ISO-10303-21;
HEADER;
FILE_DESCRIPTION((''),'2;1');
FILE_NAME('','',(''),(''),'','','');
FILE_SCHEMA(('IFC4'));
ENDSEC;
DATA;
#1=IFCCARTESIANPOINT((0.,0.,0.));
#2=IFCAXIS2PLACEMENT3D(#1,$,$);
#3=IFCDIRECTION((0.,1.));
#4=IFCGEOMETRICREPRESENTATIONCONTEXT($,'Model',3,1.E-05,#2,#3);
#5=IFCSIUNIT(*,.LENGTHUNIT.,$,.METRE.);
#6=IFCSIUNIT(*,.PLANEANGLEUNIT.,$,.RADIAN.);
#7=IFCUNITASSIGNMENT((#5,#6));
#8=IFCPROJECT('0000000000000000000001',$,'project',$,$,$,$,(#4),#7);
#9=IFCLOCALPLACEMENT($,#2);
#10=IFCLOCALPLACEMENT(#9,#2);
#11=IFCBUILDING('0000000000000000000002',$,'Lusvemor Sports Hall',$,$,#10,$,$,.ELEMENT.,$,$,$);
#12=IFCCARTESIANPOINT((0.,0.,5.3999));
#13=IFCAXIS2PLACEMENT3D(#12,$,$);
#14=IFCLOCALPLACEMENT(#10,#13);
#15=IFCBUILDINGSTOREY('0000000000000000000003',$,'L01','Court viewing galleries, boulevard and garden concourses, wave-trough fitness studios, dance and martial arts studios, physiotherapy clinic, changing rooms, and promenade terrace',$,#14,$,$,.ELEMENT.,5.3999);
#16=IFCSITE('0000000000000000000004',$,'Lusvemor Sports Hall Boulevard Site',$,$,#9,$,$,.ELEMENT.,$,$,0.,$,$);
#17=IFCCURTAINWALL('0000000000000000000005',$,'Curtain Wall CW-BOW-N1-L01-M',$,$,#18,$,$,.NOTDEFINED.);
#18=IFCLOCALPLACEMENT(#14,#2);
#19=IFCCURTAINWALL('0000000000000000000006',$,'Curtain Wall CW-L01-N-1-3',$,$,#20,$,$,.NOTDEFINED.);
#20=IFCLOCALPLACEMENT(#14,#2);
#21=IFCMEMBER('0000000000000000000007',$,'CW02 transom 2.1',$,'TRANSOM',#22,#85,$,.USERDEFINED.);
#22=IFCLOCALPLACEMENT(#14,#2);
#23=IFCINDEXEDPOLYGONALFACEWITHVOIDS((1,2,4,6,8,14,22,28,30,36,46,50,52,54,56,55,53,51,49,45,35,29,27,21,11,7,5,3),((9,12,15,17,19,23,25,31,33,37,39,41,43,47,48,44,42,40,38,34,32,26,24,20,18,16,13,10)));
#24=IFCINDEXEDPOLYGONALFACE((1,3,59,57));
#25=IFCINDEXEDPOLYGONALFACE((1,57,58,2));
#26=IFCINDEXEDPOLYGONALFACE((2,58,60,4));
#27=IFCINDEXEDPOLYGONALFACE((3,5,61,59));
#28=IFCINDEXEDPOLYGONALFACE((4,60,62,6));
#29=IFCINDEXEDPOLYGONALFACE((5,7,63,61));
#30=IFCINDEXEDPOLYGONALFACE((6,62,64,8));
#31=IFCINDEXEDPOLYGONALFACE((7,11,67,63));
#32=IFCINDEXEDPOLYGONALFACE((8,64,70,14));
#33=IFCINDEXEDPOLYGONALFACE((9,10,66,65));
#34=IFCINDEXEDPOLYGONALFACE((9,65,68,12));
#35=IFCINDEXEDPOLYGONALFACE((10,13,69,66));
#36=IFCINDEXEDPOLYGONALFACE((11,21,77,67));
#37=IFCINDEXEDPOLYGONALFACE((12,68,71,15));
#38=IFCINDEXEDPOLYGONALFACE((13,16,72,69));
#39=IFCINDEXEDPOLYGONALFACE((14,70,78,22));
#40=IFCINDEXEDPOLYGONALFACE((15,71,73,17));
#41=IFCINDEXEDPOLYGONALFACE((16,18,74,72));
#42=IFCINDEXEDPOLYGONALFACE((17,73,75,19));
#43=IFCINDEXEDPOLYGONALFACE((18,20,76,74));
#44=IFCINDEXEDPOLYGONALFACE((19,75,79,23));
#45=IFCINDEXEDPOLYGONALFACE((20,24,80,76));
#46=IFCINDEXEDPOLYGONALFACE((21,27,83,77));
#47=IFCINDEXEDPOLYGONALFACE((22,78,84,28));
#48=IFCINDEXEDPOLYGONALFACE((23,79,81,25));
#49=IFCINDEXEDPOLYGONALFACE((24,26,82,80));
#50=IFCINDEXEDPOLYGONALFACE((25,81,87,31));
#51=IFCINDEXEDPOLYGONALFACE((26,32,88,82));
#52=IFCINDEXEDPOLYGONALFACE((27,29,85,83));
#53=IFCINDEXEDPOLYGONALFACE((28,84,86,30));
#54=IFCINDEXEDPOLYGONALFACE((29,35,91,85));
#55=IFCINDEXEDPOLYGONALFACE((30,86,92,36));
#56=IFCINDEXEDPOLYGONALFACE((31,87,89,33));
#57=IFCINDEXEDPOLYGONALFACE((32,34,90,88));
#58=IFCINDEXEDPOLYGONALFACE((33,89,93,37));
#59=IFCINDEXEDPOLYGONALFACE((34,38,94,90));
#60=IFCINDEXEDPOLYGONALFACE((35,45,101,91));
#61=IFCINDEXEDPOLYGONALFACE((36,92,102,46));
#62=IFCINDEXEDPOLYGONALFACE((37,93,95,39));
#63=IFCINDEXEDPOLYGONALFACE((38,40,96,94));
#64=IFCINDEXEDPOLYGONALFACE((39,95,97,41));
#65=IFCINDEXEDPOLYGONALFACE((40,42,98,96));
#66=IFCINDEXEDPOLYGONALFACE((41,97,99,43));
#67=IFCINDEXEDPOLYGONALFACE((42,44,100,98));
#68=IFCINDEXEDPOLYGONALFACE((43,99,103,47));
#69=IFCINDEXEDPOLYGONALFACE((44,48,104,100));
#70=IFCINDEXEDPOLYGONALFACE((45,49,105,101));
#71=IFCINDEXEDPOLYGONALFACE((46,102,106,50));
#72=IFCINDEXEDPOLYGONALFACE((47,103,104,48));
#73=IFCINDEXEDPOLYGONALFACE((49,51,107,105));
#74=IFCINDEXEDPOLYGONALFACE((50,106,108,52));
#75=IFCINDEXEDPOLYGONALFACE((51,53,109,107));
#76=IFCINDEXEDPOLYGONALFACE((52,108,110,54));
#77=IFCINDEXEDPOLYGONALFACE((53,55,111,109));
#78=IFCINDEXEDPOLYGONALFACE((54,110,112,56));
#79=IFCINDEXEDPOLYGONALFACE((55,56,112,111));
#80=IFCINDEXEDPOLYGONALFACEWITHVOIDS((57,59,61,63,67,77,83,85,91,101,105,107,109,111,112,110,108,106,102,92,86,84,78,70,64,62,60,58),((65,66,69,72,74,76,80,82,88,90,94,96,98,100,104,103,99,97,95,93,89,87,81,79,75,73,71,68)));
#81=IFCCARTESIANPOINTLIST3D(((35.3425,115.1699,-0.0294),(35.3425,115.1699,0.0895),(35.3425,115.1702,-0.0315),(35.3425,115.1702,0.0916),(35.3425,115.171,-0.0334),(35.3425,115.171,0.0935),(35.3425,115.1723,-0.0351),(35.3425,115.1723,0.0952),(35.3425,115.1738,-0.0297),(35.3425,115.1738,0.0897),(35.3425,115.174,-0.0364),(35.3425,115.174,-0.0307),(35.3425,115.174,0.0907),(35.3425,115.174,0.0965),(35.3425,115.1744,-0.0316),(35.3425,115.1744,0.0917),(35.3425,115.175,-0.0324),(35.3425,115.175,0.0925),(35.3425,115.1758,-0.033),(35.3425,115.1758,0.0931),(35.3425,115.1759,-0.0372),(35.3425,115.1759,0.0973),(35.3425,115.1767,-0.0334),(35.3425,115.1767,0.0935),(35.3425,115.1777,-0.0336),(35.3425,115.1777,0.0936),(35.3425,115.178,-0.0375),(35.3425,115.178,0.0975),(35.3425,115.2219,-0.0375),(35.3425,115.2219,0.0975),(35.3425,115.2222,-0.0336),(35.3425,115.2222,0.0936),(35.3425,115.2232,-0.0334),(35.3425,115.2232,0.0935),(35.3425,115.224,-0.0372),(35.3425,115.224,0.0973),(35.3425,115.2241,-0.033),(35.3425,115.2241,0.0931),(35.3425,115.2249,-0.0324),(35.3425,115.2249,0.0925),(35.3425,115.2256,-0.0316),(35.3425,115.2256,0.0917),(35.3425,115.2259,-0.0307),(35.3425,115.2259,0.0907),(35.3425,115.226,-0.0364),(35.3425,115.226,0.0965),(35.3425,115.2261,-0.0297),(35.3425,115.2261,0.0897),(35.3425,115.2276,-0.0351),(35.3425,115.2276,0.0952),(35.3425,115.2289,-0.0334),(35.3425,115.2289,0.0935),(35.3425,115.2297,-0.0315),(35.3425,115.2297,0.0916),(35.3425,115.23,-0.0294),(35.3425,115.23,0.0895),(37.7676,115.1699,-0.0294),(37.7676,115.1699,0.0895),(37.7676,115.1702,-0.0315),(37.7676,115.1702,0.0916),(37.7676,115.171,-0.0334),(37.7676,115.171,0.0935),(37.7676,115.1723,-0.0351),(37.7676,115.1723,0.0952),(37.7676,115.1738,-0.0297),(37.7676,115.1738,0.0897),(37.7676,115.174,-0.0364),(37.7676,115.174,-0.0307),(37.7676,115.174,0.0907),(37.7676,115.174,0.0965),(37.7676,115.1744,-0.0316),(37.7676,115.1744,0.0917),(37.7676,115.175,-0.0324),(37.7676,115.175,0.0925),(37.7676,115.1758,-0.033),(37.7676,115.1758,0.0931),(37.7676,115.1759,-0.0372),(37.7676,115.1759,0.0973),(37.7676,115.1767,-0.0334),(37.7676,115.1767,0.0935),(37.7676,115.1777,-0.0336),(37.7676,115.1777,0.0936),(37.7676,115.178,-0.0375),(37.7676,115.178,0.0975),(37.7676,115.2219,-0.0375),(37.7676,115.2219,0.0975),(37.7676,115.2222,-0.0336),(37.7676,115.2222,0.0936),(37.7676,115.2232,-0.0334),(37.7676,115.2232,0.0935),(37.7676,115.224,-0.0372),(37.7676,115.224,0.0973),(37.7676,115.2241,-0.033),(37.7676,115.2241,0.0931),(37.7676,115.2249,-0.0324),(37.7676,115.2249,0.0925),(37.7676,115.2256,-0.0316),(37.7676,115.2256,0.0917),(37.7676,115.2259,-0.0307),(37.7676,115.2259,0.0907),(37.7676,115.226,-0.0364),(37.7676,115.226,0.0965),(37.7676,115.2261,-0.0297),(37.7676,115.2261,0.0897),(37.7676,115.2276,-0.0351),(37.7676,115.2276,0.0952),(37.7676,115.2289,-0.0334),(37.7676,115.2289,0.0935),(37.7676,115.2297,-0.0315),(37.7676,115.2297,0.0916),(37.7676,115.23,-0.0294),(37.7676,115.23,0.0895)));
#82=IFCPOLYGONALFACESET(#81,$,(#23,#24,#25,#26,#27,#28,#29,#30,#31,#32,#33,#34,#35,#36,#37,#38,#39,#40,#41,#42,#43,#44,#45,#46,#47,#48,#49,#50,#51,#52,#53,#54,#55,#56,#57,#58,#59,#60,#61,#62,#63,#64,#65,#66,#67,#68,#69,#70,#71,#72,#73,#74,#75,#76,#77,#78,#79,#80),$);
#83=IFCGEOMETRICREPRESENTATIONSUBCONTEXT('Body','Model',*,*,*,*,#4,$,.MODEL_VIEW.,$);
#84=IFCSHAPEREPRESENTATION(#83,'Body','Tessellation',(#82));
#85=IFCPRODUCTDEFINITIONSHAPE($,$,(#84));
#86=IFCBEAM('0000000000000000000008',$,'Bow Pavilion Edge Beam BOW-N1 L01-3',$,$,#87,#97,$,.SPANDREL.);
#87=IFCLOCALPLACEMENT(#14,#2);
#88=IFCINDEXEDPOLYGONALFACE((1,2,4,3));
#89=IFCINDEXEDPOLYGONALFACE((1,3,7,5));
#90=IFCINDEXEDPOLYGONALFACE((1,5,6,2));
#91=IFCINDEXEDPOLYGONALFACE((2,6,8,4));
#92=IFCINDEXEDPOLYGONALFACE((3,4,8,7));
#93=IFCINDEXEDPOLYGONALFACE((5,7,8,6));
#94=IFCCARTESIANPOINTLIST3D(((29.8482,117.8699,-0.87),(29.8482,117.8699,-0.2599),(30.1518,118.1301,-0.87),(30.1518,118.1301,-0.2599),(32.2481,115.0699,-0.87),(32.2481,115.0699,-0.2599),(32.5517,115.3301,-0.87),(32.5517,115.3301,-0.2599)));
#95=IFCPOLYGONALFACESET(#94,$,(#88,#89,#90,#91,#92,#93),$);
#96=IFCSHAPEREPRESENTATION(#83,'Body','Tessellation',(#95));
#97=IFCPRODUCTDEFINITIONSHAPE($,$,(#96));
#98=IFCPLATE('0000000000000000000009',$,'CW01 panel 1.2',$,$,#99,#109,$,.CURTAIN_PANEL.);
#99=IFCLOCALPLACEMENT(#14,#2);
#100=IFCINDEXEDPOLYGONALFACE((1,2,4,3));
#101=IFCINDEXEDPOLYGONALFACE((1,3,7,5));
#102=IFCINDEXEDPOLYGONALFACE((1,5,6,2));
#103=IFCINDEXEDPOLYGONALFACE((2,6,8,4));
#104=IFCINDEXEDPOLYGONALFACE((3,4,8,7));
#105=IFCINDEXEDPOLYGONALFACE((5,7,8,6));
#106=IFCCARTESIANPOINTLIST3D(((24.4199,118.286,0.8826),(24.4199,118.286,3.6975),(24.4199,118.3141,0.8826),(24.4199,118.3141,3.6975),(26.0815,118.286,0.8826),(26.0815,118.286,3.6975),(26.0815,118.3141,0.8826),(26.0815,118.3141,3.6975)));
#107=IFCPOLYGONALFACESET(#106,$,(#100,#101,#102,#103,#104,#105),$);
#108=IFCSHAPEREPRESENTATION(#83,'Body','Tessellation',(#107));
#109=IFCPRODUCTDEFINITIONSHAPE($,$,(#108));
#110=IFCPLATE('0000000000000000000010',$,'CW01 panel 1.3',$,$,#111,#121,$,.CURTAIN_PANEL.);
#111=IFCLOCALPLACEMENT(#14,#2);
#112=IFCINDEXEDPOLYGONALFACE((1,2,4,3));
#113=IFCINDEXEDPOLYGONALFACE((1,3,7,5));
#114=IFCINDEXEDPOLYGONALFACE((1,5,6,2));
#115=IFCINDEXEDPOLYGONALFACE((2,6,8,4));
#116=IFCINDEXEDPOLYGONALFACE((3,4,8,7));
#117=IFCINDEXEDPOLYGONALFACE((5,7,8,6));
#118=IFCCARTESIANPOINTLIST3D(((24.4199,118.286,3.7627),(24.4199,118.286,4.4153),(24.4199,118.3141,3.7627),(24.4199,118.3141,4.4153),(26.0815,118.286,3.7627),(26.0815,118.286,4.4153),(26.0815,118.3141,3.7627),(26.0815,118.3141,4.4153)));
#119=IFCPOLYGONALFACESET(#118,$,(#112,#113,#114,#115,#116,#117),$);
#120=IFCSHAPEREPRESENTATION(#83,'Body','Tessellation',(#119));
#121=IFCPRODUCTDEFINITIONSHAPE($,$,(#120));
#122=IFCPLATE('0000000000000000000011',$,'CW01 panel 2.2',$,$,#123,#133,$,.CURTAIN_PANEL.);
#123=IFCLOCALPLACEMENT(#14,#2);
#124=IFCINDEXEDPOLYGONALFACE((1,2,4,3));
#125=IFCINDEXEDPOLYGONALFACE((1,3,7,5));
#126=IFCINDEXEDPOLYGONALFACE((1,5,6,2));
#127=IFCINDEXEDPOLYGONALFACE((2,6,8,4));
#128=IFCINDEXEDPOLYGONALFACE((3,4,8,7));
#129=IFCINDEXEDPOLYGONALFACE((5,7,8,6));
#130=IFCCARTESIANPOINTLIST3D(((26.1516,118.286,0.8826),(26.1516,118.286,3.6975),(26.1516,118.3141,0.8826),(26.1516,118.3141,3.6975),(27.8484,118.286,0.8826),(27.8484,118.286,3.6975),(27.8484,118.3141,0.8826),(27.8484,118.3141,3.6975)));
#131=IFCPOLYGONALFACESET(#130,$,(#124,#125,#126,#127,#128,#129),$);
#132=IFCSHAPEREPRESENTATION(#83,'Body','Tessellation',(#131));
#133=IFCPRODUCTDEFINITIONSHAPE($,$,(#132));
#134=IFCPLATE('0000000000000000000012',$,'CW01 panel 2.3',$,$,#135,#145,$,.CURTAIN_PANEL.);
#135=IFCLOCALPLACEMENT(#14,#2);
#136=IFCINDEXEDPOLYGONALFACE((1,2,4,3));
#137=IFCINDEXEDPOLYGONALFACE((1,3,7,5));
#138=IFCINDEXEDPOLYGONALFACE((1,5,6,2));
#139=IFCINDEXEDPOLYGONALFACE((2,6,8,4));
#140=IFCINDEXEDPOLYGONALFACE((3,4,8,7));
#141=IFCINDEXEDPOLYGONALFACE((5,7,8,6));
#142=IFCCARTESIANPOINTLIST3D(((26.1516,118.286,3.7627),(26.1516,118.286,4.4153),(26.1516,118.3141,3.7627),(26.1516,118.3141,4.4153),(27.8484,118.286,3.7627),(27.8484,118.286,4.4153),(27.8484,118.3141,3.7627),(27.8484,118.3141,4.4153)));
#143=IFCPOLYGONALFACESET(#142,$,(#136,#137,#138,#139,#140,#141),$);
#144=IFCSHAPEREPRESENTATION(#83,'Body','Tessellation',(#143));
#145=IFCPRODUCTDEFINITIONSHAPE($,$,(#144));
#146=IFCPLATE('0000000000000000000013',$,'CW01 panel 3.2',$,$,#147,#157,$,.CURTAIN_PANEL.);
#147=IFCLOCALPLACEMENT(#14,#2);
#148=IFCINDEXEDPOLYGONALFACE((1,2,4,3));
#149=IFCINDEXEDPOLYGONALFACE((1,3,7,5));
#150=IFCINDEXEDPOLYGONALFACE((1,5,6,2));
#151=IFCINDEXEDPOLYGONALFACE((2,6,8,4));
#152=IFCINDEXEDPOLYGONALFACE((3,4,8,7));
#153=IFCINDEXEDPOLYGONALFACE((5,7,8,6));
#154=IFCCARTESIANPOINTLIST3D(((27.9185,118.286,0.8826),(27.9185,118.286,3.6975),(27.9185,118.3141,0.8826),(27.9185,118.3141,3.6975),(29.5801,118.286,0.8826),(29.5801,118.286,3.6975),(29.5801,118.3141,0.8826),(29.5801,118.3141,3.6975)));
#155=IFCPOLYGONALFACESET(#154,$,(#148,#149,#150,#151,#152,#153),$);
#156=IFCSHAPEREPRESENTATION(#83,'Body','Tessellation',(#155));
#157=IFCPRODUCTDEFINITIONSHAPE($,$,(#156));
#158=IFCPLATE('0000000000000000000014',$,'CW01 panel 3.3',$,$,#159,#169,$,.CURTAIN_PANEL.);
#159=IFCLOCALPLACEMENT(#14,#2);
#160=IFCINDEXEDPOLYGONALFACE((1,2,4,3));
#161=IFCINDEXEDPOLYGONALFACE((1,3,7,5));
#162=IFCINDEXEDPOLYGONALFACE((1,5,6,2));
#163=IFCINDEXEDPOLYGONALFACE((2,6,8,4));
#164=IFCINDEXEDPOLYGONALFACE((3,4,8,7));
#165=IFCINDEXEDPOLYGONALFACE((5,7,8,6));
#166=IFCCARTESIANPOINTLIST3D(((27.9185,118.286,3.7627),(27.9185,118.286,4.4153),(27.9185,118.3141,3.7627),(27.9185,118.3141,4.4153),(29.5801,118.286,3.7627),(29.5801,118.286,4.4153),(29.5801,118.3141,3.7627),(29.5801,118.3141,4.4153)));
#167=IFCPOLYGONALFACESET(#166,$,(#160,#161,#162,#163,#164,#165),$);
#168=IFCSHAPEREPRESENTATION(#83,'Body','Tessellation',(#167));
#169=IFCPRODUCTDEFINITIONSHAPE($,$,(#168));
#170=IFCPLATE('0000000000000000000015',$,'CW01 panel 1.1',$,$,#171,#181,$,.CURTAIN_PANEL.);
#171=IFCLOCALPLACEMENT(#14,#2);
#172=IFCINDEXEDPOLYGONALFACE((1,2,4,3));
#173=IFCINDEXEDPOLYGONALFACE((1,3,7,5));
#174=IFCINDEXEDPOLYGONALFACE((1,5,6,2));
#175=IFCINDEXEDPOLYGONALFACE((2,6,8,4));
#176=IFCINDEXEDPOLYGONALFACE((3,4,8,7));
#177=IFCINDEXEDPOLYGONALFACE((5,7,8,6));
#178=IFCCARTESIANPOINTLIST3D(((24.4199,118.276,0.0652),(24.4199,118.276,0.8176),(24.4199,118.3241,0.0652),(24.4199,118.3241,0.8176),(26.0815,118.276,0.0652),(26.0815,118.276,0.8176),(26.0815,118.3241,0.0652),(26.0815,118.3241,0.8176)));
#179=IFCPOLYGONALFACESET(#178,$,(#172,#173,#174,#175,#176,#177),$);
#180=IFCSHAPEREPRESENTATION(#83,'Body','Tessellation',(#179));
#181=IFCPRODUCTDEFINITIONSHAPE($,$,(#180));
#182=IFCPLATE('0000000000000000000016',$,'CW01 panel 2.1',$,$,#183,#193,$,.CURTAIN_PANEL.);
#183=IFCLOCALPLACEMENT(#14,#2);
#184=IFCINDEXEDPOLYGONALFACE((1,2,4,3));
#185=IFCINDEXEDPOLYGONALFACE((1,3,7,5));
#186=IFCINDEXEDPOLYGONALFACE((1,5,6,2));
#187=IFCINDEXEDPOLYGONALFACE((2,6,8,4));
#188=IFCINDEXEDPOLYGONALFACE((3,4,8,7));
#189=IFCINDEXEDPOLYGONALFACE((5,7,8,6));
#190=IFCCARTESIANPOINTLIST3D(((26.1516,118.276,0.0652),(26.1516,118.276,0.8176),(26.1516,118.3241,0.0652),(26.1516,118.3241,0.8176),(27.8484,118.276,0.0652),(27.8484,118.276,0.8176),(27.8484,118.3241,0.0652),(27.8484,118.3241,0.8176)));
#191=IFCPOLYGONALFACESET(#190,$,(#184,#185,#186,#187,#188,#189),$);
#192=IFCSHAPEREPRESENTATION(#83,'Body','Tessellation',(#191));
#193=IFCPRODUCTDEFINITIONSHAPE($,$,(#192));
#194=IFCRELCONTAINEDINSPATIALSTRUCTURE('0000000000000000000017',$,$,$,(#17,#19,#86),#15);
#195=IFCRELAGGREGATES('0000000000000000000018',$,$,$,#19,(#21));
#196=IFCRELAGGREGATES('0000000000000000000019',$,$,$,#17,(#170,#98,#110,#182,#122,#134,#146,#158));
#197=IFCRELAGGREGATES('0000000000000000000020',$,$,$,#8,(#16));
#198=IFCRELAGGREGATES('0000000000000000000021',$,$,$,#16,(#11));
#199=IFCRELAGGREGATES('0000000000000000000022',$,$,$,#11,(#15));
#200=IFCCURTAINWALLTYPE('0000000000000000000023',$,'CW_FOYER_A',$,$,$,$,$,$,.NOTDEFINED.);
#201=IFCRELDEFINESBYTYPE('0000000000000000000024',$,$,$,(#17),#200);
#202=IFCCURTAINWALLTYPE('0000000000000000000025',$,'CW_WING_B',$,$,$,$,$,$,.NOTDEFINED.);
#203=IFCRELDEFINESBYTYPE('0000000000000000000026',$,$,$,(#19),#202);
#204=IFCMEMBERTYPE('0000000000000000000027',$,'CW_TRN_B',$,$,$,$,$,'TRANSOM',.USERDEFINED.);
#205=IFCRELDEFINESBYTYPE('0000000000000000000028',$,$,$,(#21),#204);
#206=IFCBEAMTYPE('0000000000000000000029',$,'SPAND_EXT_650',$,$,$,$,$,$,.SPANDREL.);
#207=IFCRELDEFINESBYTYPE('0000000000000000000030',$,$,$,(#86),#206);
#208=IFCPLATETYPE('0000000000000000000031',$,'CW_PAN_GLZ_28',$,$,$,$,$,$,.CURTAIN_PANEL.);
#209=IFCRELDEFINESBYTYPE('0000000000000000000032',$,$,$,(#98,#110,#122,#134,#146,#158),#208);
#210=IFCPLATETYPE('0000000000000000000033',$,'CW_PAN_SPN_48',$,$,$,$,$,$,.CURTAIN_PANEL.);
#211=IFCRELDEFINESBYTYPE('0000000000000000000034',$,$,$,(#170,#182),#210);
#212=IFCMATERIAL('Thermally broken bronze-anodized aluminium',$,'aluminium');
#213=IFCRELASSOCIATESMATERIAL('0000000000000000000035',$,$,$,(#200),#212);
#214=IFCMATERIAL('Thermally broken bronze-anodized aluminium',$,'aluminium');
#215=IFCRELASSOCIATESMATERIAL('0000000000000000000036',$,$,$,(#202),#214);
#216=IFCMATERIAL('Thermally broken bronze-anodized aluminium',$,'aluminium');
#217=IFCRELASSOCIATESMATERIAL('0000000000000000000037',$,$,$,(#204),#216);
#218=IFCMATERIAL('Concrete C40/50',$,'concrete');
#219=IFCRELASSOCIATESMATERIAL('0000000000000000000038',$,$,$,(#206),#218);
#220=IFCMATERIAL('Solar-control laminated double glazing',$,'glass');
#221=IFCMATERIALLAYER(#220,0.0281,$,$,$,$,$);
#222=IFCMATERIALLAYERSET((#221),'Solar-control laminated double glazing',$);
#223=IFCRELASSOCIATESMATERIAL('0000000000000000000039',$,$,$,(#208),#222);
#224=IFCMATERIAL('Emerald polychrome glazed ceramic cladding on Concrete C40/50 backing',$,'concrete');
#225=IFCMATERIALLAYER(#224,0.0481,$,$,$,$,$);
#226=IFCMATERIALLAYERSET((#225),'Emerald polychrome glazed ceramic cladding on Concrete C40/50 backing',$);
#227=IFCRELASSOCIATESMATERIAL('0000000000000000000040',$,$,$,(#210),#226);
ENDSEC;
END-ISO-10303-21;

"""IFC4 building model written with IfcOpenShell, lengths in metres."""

from ifc_helpers import new_model, si_unit, direction, frame, origin, origin_2d, place, context, subcontext, project, spatial, rectangle, hollow_rectangle, extrude, material, layer, layer_set, material_profile, profile_set, type_object, element, aggregate, save


model = new_model("IFC4")

# Units and contexts
model_context = context("Model", 3, precision=1e-05, world=origin(), true_north=direction((0.0, 1.0)))
body_context = subcontext(model_context, "Body", "Model", "MODEL_VIEW")
ifc_project = project(units=[si_unit("LENGTHUNIT", "METRE"), si_unit("PLANEANGLEUNIT", "RADIAN")], contexts=[model_context])

# Site, building, storey
site_placement = place(None, origin())
site = spatial("IfcSite", under=ifc_project, at=site_placement, Name="Lusvemor Sports Hall Boulevard Site", CompositionType="ELEMENT", RefElevation=0.0)
building_placement = place(site_placement, origin())
building = spatial("IfcBuilding", under=site, at=building_placement, Name="Lusvemor Sports Hall", CompositionType="ELEMENT")
storey_placement = place(building_placement, frame((0.0, 0.0, 5.3999)))
storey = spatial("IfcBuildingStorey", under=building, at=storey_placement, Name="L01", Description="Court viewing galleries, boulevard and garden concourses, wave-trough fitness studios, dance and martial arts studios, physiotherapy clinic, changing rooms, and promenade terrace", CompositionType="ELEMENT", Elevation=5.3999)

# Curtain wall
ifc_material_1 = material(Name="Thermally broken bronze-anodized aluminium", Category="aluminium")
curtain_wall_type_1 = type_object("IfcCurtainWallType", Name="CW_FOYER_A", PredefinedType="NOTDEFINED", material=ifc_material_1)
curtain_wall_1_placement = place(storey_placement, origin())
curtain_wall_1 = element("IfcCurtainWall", 1, at=curtain_wall_1_placement, inside=storey, type_object=curtain_wall_type_1, Name="Curtain Wall CW-BOW-N1-L01-M", PredefinedType="NOTDEFINED")

# Curtain wall
ifc_material_2 = material(Name="Thermally broken bronze-anodized aluminium", Category="aluminium")
curtain_wall_type_2 = type_object("IfcCurtainWallType", Name="CW_WING_B", PredefinedType="NOTDEFINED", material=ifc_material_2)
curtain_wall_2_placement = place(storey_placement, origin())
curtain_wall_2 = element("IfcCurtainWall", 2, at=curtain_wall_2_placement, inside=storey, type_object=curtain_wall_type_2, Name="Curtain Wall CW-L01-N-1-3", PredefinedType="NOTDEFINED")

# Member
ifc_material_3 = material(Name="Thermally broken bronze-anodized aluminium", Category="aluminium")
ifc_material_profile_1 = material_profile(ifc_material_3, hollow_rectangle(XDim=0.0601, YDim=0.135, WallThickness=0.0039, InnerFilletRadius=0.0039, OuterFilletRadius=0.0081, at=origin_2d()), Name="CWTRN135x60x4")
ifc_profile_set_1 = profile_set([ifc_material_profile_1], Name="Thermally broken bronze-anodized aluminium")
member_type_1 = type_object("IfcMemberType", Name="CW_TRN_B", ElementType="TRANSOM", PredefinedType="USERDEFINED", material=ifc_profile_set_1)
member_1_placement = place(storey_placement, frame((35.3425, 115.2, 0.03), z_axis=(1.0, 0.0, 0.0), x_axis=(0.0, 1.0, 0.0)))
member_1 = element("IfcMember", 3, at=member_1_placement, type_object=member_type_1, Name="CW02 transom 2.1", ObjectType="TRANSOM", PredefinedType="USERDEFINED", context=body_context, shape_type="SweptSolid", body=[
    extrude(hollow_rectangle(XDim=0.0601, YDim=0.135, WallThickness=0.0039, InnerFilletRadius=0.0039, OuterFilletRadius=0.0081, at=origin_2d()), origin(), (0.0, 0.0, 1.0), 2.425),
])
aggregate(curtain_wall_2, [member_1])

# Beam
ifc_material_4 = material(Name="Concrete C40/50", Category="concrete")
ifc_material_profile_2 = material_profile(ifc_material_4, rectangle(XDim=0.3999, YDim=0.6101, at=origin_2d()), Name="RC400x610")
ifc_profile_set_2 = profile_set([ifc_material_profile_2], Name="Concrete C40/50")
beam_type = type_object("IfcBeamType", Name="SPAND_EXT_650", PredefinedType="SPANDREL", material=ifc_profile_set_2)
beam_placement = place(storey_placement, frame((30.0, 118.0, -0.5649), z_axis=(0.65077, -0.759275, 0.0), x_axis=(0.759275, 0.65077, 0.0)))
element("IfcBeam", 4, at=beam_placement, inside=storey, type_object=beam_type, Name="Bow Pavilion Edge Beam BOW-N1 L01-3", PredefinedType="SPANDREL", context=body_context, shape_type="SweptSolid", body=[
    extrude(rectangle(XDim=0.3999, YDim=0.6101, at=origin_2d()), origin(), (0.0, 0.0, 1.0), 3.6877),
])

# Plates
ifc_material_5 = material(Name="Solar-control laminated double glazing", Category="glass")
ifc_layer_1 = layer(ifc_material_5, 0.0281)
ifc_layer_set_1 = layer_set([ifc_layer_1], Name="Solar-control laminated double glazing")
plate_type_1 = type_object("IfcPlateType", Name="CW_PAN_GLZ_28", PredefinedType="CURTAIN_PANEL", material=ifc_layer_set_1)
plate_1_placement = place(storey_placement, frame((25.2507, 118.3, 0.8826), z_axis=(0.0, 0.0, 1.0), x_axis=(1.0, 0.0, 0.0)))
plate_1 = element("IfcPlate", 5, at=plate_1_placement, type_object=plate_type_1, Name="CW01 panel 1.2", PredefinedType="CURTAIN_PANEL", context=body_context, shape_type="SweptSolid", body=[
    extrude(rectangle(XDim=1.6616, YDim=0.0281, at=origin_2d()), origin(), (0.0, 0.0, 1.0), 2.8149),
])
plate_2_placement = place(storey_placement, frame((25.2507, 118.3, 3.7627), z_axis=(0.0, 0.0, 1.0), x_axis=(1.0, 0.0, 0.0)))
plate_2 = element("IfcPlate", 6, at=plate_2_placement, type_object=plate_type_1, Name="CW01 panel 1.3", PredefinedType="CURTAIN_PANEL", context=body_context, shape_type="SweptSolid", body=[
    extrude(rectangle(XDim=1.6616, YDim=0.0281, at=origin_2d()), origin(), (0.0, 0.0, 1.0), 0.6526),
])
plate_3_placement = place(storey_placement, frame((27.0, 118.3, 0.8826), z_axis=(0.0, 0.0, 1.0), x_axis=(1.0, 0.0, 0.0)))
plate_3 = element("IfcPlate", 7, at=plate_3_placement, type_object=plate_type_1, Name="CW01 panel 2.2", PredefinedType="CURTAIN_PANEL", context=body_context, shape_type="SweptSolid", body=[
    extrude(rectangle(XDim=1.6968, YDim=0.0281, at=origin_2d()), origin(), (0.0, 0.0, 1.0), 2.8149),
])
plate_4_placement = place(storey_placement, frame((27.0, 118.3, 3.7627), z_axis=(0.0, 0.0, 1.0), x_axis=(1.0, 0.0, 0.0)))
plate_4 = element("IfcPlate", 8, at=plate_4_placement, type_object=plate_type_1, Name="CW01 panel 2.3", PredefinedType="CURTAIN_PANEL", context=body_context, shape_type="SweptSolid", body=[
    extrude(rectangle(XDim=1.6968, YDim=0.0281, at=origin_2d()), origin(), (0.0, 0.0, 1.0), 0.6526),
])
plate_5_placement = place(storey_placement, frame((28.7493, 118.3, 0.8826), z_axis=(0.0, 0.0, 1.0), x_axis=(1.0, 0.0, 0.0)))
plate_5 = element("IfcPlate", 9, at=plate_5_placement, type_object=plate_type_1, Name="CW01 panel 3.2", PredefinedType="CURTAIN_PANEL", context=body_context, shape_type="SweptSolid", body=[
    extrude(rectangle(XDim=1.6616, YDim=0.0281, at=origin_2d()), origin(), (0.0, 0.0, 1.0), 2.8149),
])
plate_6_placement = place(storey_placement, frame((28.7493, 118.3, 3.7627), z_axis=(0.0, 0.0, 1.0), x_axis=(1.0, 0.0, 0.0)))
plate_6 = element("IfcPlate", 10, at=plate_6_placement, type_object=plate_type_1, Name="CW01 panel 3.3", PredefinedType="CURTAIN_PANEL", context=body_context, shape_type="SweptSolid", body=[
    extrude(rectangle(XDim=1.6616, YDim=0.0281, at=origin_2d()), origin(), (0.0, 0.0, 1.0), 0.6526),
])
ifc_material_6 = material(Name="Emerald polychrome glazed ceramic cladding on Concrete C40/50 backing", Category="concrete")
ifc_layer_2 = layer(ifc_material_6, 0.0481)
ifc_layer_set_2 = layer_set([ifc_layer_2], Name="Emerald polychrome glazed ceramic cladding on Concrete C40/50 backing")
plate_type_2 = type_object("IfcPlateType", Name="CW_PAN_SPN_48", PredefinedType="CURTAIN_PANEL", material=ifc_layer_set_2)
plate_7_placement = place(storey_placement, frame((25.2507, 118.3, 0.0652), z_axis=(0.0, 0.0, 1.0), x_axis=(1.0, 0.0, 0.0)))
plate_7 = element("IfcPlate", 11, at=plate_7_placement, type_object=plate_type_2, Name="CW01 panel 1.1", PredefinedType="CURTAIN_PANEL", context=body_context, shape_type="SweptSolid", body=[
    extrude(rectangle(XDim=1.6616, YDim=0.0481, at=origin_2d()), origin(), (0.0, 0.0, 1.0), 0.7524),
])
plate_8_placement = place(storey_placement, frame((27.0, 118.3, 0.0652), z_axis=(0.0, 0.0, 1.0), x_axis=(1.0, 0.0, 0.0)))
plate_8 = element("IfcPlate", 12, at=plate_8_placement, type_object=plate_type_2, Name="CW01 panel 2.1", PredefinedType="CURTAIN_PANEL", context=body_context, shape_type="SweptSolid", body=[
    extrude(rectangle(XDim=1.6968, YDim=0.0481, at=origin_2d()), origin(), (0.0, 0.0, 1.0), 0.7524),
])
aggregate(curtain_wall_1, [plate_7, plate_1, plate_2, plate_8, plate_3, plate_4, plate_5, plate_6])

save(model, "model.ifc")
